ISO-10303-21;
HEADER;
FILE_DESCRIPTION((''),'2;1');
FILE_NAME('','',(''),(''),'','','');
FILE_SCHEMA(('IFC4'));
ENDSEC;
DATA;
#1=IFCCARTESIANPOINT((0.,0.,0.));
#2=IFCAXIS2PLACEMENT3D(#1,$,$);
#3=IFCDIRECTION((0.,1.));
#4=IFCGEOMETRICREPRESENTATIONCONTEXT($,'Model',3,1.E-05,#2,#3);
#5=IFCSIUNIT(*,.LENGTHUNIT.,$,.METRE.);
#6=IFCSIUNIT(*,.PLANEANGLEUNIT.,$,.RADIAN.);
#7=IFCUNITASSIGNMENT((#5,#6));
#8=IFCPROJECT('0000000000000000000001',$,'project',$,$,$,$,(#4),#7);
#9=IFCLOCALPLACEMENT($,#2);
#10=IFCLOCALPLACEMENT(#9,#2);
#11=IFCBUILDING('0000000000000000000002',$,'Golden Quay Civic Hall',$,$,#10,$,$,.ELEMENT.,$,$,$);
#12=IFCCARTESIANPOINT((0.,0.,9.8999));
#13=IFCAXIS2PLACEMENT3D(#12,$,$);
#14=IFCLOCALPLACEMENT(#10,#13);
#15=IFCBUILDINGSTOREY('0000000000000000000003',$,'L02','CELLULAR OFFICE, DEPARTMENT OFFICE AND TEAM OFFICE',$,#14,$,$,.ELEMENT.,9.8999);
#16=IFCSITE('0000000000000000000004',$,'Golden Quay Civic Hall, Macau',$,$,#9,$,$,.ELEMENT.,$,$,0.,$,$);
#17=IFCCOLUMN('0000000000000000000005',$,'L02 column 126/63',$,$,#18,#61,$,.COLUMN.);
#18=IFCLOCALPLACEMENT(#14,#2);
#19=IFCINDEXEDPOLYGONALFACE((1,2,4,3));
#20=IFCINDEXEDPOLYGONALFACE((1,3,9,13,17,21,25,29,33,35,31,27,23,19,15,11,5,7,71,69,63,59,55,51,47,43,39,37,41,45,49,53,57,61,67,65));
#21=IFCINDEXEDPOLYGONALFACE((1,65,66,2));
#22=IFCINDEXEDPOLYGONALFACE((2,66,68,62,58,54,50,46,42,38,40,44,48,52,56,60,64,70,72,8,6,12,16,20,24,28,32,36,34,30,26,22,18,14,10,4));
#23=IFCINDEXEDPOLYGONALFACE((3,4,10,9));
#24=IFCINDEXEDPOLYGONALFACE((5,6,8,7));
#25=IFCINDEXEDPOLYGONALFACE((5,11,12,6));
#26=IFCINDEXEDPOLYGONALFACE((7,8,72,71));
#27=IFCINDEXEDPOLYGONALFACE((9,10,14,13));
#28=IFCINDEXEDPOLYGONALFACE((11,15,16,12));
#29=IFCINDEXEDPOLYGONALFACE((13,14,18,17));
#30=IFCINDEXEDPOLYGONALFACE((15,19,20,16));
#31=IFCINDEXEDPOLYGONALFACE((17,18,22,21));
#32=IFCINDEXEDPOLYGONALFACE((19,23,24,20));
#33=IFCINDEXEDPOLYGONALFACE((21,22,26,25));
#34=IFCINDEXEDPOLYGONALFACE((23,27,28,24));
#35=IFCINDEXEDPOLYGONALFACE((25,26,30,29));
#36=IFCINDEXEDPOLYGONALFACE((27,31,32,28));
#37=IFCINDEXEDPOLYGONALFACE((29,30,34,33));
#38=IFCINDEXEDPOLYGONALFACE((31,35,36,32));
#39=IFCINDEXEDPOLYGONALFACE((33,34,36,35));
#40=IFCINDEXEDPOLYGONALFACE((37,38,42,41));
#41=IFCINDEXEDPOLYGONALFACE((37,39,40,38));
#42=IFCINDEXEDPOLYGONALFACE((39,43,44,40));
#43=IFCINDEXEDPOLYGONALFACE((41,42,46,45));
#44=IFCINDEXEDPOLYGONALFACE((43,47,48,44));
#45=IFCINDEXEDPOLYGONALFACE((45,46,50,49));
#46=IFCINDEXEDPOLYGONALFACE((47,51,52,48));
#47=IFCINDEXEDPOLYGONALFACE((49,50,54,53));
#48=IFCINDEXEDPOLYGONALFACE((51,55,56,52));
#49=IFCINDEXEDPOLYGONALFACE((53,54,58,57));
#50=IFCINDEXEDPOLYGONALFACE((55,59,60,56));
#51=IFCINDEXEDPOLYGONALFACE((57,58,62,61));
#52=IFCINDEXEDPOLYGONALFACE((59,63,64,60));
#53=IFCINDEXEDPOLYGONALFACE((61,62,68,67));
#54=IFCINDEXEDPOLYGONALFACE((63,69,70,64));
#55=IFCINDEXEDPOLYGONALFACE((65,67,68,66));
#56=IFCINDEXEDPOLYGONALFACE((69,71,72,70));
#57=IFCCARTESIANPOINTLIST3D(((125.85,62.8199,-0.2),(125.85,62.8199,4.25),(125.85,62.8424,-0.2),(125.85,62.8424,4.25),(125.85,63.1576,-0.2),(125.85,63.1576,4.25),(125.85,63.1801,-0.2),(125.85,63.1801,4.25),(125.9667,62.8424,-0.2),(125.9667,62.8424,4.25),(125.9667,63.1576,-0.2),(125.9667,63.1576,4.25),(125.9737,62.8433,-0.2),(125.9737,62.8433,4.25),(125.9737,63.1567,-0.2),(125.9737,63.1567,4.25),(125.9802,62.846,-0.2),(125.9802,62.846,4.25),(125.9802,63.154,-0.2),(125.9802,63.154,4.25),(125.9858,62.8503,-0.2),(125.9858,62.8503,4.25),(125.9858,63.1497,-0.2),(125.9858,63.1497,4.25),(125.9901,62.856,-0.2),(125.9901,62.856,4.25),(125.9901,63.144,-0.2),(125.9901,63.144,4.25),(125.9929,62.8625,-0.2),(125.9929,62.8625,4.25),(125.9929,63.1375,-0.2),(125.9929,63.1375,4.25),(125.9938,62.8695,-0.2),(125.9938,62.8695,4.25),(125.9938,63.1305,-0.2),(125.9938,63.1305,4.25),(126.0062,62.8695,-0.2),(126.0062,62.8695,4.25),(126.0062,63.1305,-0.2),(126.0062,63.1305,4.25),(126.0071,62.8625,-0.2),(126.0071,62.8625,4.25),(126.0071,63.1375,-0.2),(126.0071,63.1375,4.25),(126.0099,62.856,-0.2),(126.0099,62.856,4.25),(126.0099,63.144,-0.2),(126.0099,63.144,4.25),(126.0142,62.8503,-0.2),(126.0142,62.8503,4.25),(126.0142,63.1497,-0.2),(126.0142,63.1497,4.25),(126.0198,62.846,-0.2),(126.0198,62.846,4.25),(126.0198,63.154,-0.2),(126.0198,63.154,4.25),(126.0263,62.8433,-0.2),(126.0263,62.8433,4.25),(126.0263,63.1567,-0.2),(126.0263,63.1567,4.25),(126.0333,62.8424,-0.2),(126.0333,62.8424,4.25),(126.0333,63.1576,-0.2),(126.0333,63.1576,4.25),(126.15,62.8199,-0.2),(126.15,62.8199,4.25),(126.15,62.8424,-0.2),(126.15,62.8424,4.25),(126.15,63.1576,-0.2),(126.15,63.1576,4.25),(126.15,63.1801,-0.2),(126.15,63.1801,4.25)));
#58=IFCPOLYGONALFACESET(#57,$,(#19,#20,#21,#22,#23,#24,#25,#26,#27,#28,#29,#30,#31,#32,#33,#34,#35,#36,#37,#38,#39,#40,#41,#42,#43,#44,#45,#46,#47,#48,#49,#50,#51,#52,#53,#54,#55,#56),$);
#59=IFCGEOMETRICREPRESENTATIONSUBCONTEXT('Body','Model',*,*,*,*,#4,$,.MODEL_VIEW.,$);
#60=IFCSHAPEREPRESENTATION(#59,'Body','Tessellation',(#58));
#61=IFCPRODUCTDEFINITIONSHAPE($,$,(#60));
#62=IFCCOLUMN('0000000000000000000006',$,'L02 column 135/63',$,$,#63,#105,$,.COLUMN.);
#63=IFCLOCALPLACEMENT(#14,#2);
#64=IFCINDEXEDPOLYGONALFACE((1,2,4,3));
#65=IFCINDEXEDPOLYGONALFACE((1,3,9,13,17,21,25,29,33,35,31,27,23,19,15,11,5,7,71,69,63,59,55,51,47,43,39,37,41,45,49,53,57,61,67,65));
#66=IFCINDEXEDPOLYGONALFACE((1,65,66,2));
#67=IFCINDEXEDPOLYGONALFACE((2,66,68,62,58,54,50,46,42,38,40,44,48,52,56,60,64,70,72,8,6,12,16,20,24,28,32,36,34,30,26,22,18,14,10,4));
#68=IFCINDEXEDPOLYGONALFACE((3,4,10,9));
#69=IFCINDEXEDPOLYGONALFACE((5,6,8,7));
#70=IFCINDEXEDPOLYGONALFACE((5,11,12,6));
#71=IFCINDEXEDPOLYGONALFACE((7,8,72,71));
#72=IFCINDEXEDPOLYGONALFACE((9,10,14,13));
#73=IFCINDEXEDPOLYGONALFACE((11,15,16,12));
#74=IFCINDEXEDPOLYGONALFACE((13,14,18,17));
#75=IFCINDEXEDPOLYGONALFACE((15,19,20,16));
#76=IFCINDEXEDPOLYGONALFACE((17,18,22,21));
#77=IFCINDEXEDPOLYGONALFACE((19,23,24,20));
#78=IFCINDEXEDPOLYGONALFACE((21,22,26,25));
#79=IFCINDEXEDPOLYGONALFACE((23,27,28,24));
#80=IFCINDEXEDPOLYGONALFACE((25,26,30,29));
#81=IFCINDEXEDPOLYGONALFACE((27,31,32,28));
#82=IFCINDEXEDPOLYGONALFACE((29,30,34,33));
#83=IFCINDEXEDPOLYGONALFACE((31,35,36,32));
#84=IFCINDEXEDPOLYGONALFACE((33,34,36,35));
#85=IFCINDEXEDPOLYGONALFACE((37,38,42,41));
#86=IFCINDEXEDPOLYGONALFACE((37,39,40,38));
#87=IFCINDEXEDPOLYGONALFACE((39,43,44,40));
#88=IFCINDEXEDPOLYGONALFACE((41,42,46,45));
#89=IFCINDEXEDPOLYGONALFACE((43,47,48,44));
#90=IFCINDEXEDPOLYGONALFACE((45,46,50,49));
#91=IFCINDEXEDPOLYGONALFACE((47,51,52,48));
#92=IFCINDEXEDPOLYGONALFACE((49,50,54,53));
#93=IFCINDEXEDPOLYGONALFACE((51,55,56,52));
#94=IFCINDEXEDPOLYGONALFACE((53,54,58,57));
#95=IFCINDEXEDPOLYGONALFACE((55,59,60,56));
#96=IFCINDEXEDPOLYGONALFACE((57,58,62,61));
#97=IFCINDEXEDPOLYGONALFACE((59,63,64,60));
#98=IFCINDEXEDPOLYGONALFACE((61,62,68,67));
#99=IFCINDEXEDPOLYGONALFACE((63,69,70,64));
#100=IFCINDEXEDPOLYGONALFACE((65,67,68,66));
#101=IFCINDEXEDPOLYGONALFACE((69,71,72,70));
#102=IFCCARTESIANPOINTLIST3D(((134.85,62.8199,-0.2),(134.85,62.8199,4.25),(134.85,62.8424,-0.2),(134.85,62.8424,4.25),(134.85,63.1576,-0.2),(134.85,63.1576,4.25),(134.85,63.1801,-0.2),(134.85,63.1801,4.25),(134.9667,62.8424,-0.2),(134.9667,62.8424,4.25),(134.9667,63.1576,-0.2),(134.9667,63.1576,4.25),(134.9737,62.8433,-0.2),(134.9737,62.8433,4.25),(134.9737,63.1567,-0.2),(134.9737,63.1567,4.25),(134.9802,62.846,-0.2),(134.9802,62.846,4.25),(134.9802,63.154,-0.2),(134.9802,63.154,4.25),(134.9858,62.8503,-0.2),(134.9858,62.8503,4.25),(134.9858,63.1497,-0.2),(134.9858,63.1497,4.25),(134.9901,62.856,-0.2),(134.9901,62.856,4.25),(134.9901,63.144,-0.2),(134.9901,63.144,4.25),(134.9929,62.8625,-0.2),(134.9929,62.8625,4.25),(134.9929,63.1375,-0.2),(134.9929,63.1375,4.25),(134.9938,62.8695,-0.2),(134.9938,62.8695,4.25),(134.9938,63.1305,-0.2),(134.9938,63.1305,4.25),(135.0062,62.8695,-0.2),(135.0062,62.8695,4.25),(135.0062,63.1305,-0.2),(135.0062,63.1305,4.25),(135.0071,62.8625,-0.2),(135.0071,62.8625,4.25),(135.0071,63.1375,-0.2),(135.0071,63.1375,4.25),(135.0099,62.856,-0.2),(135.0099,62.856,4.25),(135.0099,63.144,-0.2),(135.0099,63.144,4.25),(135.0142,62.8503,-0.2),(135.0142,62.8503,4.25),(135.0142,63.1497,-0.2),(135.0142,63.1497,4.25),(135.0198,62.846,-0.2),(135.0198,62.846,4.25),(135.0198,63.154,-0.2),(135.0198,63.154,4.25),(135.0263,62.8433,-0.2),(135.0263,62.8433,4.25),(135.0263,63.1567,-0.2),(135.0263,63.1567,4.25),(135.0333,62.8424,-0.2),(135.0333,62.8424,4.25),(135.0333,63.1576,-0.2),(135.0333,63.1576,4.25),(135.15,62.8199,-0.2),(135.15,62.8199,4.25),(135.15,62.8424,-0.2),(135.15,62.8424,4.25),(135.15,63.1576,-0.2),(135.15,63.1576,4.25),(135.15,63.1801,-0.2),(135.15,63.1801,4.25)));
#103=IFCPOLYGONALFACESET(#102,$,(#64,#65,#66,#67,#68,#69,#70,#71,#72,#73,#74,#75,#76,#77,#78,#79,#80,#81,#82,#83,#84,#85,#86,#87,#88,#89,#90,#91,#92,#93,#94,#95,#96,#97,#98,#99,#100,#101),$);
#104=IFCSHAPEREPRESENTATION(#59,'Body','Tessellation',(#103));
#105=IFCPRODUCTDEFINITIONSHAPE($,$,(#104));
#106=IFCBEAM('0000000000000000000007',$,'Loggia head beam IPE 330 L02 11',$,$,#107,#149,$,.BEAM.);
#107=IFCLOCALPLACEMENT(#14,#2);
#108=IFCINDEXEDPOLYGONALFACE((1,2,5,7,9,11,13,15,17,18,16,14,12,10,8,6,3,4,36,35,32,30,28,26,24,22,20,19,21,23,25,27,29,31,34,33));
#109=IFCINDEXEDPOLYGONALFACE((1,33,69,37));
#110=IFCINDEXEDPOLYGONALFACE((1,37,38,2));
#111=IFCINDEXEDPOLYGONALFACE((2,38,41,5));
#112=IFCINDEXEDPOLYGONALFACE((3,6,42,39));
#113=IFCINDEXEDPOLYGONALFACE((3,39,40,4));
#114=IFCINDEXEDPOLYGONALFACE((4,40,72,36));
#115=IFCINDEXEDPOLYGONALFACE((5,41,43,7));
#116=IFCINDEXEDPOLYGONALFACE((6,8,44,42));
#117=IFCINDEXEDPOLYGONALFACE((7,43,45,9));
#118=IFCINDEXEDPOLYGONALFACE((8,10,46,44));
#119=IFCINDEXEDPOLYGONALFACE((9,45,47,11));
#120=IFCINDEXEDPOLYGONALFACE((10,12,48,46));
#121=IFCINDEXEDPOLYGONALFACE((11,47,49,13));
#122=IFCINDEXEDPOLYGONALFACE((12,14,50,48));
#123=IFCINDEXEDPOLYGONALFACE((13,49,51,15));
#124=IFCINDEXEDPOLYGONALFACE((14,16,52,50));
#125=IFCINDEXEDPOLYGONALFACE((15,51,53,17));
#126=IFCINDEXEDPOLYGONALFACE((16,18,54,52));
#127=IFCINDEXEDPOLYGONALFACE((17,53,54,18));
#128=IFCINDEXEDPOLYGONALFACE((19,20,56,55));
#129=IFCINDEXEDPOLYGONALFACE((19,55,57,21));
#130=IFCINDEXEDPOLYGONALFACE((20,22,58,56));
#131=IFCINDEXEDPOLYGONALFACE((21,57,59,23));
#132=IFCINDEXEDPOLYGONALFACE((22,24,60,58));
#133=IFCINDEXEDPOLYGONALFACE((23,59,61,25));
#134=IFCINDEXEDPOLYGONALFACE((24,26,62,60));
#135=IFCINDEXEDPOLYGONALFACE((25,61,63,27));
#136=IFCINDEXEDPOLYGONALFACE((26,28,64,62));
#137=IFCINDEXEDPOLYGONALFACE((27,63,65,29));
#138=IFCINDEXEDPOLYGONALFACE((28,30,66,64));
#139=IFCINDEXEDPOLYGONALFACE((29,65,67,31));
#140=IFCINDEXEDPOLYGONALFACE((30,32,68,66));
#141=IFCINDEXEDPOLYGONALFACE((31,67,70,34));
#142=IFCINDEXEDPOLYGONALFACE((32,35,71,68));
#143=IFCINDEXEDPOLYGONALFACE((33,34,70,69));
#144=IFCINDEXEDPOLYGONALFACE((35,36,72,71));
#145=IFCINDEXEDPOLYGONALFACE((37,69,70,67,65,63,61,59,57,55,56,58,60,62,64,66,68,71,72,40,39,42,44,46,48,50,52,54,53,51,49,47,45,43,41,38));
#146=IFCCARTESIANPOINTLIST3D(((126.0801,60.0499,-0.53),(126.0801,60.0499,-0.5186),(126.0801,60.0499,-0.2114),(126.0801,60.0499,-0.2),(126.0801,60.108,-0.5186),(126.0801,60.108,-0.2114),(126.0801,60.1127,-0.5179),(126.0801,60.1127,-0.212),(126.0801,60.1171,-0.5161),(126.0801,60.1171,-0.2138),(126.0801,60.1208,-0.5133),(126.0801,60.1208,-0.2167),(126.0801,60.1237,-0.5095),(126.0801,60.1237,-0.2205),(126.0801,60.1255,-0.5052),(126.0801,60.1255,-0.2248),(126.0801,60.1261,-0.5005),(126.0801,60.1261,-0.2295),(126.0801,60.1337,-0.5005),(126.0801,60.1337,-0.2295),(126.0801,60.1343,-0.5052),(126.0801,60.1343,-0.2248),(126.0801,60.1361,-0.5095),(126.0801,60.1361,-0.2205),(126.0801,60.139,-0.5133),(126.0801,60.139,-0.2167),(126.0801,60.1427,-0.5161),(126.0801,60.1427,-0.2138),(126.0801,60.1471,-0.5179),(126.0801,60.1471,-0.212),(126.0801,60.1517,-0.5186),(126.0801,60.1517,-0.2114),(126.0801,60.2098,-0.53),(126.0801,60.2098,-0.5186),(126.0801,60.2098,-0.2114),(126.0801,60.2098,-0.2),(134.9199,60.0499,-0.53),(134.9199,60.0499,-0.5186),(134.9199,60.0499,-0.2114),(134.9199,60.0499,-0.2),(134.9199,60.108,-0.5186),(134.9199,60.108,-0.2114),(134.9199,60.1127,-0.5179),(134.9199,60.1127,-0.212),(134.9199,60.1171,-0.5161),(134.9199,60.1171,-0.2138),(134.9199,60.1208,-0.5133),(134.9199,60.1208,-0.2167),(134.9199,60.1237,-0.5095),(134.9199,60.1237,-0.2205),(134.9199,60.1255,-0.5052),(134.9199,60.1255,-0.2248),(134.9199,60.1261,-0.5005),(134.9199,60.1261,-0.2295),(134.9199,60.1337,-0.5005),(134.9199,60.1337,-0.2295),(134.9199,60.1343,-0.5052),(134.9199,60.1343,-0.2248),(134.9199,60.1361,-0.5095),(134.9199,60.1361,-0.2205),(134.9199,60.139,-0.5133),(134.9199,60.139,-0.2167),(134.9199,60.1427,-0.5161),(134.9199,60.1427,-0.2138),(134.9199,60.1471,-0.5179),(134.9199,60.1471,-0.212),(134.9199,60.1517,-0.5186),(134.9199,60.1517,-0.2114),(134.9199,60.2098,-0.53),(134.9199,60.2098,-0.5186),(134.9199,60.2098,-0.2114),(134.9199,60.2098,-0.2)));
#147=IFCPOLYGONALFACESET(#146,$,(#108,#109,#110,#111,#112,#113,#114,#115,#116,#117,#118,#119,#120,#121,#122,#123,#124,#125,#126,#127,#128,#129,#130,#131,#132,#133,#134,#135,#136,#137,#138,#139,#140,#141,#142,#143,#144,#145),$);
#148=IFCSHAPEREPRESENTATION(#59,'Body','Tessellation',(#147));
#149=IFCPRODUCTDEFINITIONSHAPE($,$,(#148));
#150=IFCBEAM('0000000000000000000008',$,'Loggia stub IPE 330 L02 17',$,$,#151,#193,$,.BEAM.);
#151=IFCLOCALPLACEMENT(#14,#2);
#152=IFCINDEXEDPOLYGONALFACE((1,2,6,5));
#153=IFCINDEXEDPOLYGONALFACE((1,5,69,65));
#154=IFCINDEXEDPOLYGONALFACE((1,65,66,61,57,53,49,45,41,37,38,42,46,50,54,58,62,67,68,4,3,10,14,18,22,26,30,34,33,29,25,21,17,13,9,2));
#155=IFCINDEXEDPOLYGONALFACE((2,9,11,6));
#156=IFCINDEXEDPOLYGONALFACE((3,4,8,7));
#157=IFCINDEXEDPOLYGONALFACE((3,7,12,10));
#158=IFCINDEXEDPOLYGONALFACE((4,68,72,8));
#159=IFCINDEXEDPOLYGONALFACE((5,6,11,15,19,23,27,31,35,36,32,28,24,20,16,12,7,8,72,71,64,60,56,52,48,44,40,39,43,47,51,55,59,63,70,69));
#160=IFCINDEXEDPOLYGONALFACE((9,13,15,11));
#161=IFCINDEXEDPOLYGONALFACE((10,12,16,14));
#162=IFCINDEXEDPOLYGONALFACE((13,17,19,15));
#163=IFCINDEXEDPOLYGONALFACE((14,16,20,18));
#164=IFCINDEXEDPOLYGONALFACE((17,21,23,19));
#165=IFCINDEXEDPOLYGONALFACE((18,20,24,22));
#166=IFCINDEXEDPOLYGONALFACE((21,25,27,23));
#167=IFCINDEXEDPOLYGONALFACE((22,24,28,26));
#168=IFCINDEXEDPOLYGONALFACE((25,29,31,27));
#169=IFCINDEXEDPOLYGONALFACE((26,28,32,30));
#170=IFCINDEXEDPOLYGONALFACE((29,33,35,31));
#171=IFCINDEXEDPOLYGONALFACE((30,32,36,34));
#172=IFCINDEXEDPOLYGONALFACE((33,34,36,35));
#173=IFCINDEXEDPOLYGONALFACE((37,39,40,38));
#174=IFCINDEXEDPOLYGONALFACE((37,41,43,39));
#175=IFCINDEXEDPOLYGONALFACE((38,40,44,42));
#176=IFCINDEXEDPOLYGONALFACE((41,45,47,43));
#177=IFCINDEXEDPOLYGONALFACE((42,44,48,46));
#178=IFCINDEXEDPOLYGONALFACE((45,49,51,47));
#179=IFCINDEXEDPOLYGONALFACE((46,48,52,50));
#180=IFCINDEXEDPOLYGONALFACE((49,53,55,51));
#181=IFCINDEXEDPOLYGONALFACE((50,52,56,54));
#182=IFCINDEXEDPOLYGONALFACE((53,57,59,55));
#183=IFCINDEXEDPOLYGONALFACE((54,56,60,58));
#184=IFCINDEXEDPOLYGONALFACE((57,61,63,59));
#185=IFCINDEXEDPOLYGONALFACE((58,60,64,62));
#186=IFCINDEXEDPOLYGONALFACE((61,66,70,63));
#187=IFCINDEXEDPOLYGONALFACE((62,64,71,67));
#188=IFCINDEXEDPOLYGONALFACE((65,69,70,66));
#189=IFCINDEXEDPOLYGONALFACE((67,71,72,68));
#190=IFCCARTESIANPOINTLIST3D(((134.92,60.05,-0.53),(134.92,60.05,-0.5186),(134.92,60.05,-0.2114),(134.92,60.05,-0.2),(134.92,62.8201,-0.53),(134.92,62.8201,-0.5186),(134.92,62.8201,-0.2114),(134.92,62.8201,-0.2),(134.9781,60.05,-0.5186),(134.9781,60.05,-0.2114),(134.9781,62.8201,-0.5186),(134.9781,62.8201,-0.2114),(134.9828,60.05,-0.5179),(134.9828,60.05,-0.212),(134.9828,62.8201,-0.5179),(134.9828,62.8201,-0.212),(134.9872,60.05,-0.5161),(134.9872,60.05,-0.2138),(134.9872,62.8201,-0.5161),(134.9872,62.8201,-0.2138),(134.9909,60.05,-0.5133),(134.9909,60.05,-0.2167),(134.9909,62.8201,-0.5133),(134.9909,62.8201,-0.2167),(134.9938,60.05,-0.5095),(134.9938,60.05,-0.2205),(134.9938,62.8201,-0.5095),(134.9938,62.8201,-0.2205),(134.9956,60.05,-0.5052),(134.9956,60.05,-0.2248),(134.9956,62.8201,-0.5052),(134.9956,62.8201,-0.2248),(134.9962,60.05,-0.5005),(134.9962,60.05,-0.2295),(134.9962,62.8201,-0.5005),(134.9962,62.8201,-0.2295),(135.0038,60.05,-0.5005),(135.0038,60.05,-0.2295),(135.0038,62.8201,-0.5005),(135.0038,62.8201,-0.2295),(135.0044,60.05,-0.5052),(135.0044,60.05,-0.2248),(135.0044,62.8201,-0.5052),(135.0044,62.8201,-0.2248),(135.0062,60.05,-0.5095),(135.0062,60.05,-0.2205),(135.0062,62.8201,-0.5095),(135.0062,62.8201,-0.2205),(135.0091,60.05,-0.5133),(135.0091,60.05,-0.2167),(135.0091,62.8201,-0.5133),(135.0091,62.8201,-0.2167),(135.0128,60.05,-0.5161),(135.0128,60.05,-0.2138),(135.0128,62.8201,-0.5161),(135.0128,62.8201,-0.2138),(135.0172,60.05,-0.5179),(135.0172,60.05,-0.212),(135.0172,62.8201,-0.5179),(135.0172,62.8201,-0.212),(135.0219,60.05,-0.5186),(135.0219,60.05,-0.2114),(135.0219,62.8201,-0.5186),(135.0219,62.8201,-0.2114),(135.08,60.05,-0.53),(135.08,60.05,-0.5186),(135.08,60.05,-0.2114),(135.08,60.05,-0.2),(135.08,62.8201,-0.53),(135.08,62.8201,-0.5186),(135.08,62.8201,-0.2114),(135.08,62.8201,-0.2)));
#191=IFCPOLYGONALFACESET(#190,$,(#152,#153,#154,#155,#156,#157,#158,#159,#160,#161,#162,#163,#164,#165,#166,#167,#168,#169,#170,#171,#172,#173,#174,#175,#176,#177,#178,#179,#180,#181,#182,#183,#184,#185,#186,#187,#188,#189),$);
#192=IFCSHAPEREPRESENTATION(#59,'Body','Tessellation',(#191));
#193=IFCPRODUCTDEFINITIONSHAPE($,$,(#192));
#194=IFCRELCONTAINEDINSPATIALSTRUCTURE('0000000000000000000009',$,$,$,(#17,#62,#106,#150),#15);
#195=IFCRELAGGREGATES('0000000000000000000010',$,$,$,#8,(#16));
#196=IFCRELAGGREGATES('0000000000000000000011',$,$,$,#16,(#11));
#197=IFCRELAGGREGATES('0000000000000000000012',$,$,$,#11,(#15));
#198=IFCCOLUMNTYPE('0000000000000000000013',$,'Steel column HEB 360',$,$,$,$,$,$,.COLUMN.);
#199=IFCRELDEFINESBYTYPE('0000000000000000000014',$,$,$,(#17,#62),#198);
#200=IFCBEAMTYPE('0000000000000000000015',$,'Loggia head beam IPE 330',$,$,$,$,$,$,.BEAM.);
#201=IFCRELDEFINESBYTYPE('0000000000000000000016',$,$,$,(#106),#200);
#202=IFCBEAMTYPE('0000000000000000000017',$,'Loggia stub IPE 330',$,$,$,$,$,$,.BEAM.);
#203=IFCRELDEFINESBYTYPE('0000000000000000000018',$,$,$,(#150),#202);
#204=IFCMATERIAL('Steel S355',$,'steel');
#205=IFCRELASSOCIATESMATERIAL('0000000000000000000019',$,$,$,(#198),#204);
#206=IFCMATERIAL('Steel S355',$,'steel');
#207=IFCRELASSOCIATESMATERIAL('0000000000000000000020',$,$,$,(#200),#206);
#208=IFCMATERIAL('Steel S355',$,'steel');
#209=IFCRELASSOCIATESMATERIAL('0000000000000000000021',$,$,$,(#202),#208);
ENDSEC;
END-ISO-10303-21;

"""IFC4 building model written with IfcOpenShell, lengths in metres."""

from ifc_helpers import new_model, si_unit, direction, frame, origin, origin_2d, place, context, subcontext, project, spatial, i_section, extrude, material, material_profile, profile_set, type_object, element, save


model = new_model("IFC4")

# Units and contexts
model_context = context("Model", 3, precision=1e-05, world=origin(), true_north=direction((0.0, 1.0)))
body_context = subcontext(model_context, "Body", "Model", "MODEL_VIEW")
ifc_project = project(units=[si_unit("LENGTHUNIT", "METRE"), si_unit("PLANEANGLEUNIT", "RADIAN")], contexts=[model_context])

# Site, building, storey
site_placement = place(None, origin())
site = spatial("IfcSite", under=ifc_project, at=site_placement, Name="Golden Quay Civic Hall, Macau", CompositionType="ELEMENT", RefElevation=0.0)
building_placement = place(site_placement, origin())
building = spatial("IfcBuilding", under=site, at=building_placement, Name="Golden Quay Civic Hall", CompositionType="ELEMENT")
storey_placement = place(building_placement, frame((0.0, 0.0, 9.8999)))
storey = spatial("IfcBuildingStorey", under=building, at=storey_placement, Name="L02", Description="CELLULAR OFFICE, DEPARTMENT OFFICE AND TEAM OFFICE", CompositionType="ELEMENT", Elevation=9.8999)

# Columns
ifc_material_1 = material(Name="Steel S355", Category="steel")
ifc_material_profile_1 = material_profile(ifc_material_1, i_section(OverallWidth=0.3, OverallDepth=0.3601, WebThickness=0.0125, FlangeThickness=0.0225, FilletRadius=0.0271, at=origin_2d()), Name="HEB 360")
ifc_profile_set_1 = profile_set([ifc_material_profile_1], Name="Steel S355")
column_type = type_object("IfcColumnType", Name="Steel column HEB 360", PredefinedType="COLUMN", material=ifc_profile_set_1)
for number, where, z_axis, x_axis, name in (
    (1, (126.0, 63.0, -0.2), (0.0, 0.0, 1.0), (1.0, 0.0, 0.0), "L02 column 126/63"),
    (2, (135.0, 63.0, -0.2), (0.0, 0.0, 1.0), (1.0, 0.0, 0.0), "L02 column 135/63"),
):
    element("IfcColumn", number, at=place(storey_placement, frame(where, z_axis=z_axis, x_axis=x_axis)), inside=storey, type_object=column_type, Name=name, PredefinedType="COLUMN", context=body_context, shape_type="SweptSolid", body=[
        extrude(i_section(OverallWidth=0.3, OverallDepth=0.3601, WebThickness=0.0125, FlangeThickness=0.0225, FilletRadius=0.0271, at=origin_2d()), origin(), (0.0, 0.0, 1.0), 4.45),
    ])

# Beams
ifc_material_2 = material(Name="Steel S355", Category="steel")
ifc_material_profile_2 = material_profile(ifc_material_2, i_section(OverallWidth=0.1599, OverallDepth=0.3301, WebThickness=0.0076, FlangeThickness=0.0115, FilletRadius=0.0181, at=origin_2d()), Name="IPE 330")
ifc_profile_set_2 = profile_set([ifc_material_profile_2], Name="Steel S355")
beam_type_1 = type_object("IfcBeamType", Name="Loggia head beam IPE 330", PredefinedType="BEAM", material=ifc_profile_set_2)
beam_1_placement = place(storey_placement, frame((126.0801, 60.1299, -0.365), z_axis=(1.0, 0.0, 0.0), x_axis=(0.0, 1.0, 0.0)))
element("IfcBeam", 3, at=beam_1_placement, inside=storey, type_object=beam_type_1, Name="Loggia head beam IPE 330 L02 11", PredefinedType="BEAM", context=body_context, shape_type="SweptSolid", body=[
    extrude(i_section(OverallWidth=0.1599, OverallDepth=0.3301, WebThickness=0.0076, FlangeThickness=0.0115, FilletRadius=0.0181, at=origin_2d()), origin(), (0.0, 0.0, 1.0), 8.8398),
])
ifc_material_3 = material(Name="Steel S355", Category="steel")
ifc_material_profile_3 = material_profile(ifc_material_3, i_section(OverallWidth=0.1599, OverallDepth=0.3301, WebThickness=0.0076, FlangeThickness=0.0115, FilletRadius=0.0181, at=origin_2d()), Name="IPE 330")
ifc_profile_set_3 = profile_set([ifc_material_profile_3], Name="Steel S355")
beam_type_2 = type_object("IfcBeamType", Name="Loggia stub IPE 330", PredefinedType="BEAM", material=ifc_profile_set_3)
beam_2_placement = place(storey_placement, frame((135.0, 62.8201, -0.365), z_axis=(0.0, -1.0, 0.0), x_axis=(1.0, 0.0, 0.0)))
element("IfcBeam", 4, at=beam_2_placement, inside=storey, type_object=beam_type_2, Name="Loggia stub IPE 330 L02 17", PredefinedType="BEAM", context=body_context, shape_type="SweptSolid", body=[
    extrude(i_section(OverallWidth=0.1599, OverallDepth=0.3301, WebThickness=0.0076, FlangeThickness=0.0115, FilletRadius=0.0181, at=origin_2d()), origin(), (0.0, 0.0, 1.0), 2.77),
])

save(model, "model.ifc")
